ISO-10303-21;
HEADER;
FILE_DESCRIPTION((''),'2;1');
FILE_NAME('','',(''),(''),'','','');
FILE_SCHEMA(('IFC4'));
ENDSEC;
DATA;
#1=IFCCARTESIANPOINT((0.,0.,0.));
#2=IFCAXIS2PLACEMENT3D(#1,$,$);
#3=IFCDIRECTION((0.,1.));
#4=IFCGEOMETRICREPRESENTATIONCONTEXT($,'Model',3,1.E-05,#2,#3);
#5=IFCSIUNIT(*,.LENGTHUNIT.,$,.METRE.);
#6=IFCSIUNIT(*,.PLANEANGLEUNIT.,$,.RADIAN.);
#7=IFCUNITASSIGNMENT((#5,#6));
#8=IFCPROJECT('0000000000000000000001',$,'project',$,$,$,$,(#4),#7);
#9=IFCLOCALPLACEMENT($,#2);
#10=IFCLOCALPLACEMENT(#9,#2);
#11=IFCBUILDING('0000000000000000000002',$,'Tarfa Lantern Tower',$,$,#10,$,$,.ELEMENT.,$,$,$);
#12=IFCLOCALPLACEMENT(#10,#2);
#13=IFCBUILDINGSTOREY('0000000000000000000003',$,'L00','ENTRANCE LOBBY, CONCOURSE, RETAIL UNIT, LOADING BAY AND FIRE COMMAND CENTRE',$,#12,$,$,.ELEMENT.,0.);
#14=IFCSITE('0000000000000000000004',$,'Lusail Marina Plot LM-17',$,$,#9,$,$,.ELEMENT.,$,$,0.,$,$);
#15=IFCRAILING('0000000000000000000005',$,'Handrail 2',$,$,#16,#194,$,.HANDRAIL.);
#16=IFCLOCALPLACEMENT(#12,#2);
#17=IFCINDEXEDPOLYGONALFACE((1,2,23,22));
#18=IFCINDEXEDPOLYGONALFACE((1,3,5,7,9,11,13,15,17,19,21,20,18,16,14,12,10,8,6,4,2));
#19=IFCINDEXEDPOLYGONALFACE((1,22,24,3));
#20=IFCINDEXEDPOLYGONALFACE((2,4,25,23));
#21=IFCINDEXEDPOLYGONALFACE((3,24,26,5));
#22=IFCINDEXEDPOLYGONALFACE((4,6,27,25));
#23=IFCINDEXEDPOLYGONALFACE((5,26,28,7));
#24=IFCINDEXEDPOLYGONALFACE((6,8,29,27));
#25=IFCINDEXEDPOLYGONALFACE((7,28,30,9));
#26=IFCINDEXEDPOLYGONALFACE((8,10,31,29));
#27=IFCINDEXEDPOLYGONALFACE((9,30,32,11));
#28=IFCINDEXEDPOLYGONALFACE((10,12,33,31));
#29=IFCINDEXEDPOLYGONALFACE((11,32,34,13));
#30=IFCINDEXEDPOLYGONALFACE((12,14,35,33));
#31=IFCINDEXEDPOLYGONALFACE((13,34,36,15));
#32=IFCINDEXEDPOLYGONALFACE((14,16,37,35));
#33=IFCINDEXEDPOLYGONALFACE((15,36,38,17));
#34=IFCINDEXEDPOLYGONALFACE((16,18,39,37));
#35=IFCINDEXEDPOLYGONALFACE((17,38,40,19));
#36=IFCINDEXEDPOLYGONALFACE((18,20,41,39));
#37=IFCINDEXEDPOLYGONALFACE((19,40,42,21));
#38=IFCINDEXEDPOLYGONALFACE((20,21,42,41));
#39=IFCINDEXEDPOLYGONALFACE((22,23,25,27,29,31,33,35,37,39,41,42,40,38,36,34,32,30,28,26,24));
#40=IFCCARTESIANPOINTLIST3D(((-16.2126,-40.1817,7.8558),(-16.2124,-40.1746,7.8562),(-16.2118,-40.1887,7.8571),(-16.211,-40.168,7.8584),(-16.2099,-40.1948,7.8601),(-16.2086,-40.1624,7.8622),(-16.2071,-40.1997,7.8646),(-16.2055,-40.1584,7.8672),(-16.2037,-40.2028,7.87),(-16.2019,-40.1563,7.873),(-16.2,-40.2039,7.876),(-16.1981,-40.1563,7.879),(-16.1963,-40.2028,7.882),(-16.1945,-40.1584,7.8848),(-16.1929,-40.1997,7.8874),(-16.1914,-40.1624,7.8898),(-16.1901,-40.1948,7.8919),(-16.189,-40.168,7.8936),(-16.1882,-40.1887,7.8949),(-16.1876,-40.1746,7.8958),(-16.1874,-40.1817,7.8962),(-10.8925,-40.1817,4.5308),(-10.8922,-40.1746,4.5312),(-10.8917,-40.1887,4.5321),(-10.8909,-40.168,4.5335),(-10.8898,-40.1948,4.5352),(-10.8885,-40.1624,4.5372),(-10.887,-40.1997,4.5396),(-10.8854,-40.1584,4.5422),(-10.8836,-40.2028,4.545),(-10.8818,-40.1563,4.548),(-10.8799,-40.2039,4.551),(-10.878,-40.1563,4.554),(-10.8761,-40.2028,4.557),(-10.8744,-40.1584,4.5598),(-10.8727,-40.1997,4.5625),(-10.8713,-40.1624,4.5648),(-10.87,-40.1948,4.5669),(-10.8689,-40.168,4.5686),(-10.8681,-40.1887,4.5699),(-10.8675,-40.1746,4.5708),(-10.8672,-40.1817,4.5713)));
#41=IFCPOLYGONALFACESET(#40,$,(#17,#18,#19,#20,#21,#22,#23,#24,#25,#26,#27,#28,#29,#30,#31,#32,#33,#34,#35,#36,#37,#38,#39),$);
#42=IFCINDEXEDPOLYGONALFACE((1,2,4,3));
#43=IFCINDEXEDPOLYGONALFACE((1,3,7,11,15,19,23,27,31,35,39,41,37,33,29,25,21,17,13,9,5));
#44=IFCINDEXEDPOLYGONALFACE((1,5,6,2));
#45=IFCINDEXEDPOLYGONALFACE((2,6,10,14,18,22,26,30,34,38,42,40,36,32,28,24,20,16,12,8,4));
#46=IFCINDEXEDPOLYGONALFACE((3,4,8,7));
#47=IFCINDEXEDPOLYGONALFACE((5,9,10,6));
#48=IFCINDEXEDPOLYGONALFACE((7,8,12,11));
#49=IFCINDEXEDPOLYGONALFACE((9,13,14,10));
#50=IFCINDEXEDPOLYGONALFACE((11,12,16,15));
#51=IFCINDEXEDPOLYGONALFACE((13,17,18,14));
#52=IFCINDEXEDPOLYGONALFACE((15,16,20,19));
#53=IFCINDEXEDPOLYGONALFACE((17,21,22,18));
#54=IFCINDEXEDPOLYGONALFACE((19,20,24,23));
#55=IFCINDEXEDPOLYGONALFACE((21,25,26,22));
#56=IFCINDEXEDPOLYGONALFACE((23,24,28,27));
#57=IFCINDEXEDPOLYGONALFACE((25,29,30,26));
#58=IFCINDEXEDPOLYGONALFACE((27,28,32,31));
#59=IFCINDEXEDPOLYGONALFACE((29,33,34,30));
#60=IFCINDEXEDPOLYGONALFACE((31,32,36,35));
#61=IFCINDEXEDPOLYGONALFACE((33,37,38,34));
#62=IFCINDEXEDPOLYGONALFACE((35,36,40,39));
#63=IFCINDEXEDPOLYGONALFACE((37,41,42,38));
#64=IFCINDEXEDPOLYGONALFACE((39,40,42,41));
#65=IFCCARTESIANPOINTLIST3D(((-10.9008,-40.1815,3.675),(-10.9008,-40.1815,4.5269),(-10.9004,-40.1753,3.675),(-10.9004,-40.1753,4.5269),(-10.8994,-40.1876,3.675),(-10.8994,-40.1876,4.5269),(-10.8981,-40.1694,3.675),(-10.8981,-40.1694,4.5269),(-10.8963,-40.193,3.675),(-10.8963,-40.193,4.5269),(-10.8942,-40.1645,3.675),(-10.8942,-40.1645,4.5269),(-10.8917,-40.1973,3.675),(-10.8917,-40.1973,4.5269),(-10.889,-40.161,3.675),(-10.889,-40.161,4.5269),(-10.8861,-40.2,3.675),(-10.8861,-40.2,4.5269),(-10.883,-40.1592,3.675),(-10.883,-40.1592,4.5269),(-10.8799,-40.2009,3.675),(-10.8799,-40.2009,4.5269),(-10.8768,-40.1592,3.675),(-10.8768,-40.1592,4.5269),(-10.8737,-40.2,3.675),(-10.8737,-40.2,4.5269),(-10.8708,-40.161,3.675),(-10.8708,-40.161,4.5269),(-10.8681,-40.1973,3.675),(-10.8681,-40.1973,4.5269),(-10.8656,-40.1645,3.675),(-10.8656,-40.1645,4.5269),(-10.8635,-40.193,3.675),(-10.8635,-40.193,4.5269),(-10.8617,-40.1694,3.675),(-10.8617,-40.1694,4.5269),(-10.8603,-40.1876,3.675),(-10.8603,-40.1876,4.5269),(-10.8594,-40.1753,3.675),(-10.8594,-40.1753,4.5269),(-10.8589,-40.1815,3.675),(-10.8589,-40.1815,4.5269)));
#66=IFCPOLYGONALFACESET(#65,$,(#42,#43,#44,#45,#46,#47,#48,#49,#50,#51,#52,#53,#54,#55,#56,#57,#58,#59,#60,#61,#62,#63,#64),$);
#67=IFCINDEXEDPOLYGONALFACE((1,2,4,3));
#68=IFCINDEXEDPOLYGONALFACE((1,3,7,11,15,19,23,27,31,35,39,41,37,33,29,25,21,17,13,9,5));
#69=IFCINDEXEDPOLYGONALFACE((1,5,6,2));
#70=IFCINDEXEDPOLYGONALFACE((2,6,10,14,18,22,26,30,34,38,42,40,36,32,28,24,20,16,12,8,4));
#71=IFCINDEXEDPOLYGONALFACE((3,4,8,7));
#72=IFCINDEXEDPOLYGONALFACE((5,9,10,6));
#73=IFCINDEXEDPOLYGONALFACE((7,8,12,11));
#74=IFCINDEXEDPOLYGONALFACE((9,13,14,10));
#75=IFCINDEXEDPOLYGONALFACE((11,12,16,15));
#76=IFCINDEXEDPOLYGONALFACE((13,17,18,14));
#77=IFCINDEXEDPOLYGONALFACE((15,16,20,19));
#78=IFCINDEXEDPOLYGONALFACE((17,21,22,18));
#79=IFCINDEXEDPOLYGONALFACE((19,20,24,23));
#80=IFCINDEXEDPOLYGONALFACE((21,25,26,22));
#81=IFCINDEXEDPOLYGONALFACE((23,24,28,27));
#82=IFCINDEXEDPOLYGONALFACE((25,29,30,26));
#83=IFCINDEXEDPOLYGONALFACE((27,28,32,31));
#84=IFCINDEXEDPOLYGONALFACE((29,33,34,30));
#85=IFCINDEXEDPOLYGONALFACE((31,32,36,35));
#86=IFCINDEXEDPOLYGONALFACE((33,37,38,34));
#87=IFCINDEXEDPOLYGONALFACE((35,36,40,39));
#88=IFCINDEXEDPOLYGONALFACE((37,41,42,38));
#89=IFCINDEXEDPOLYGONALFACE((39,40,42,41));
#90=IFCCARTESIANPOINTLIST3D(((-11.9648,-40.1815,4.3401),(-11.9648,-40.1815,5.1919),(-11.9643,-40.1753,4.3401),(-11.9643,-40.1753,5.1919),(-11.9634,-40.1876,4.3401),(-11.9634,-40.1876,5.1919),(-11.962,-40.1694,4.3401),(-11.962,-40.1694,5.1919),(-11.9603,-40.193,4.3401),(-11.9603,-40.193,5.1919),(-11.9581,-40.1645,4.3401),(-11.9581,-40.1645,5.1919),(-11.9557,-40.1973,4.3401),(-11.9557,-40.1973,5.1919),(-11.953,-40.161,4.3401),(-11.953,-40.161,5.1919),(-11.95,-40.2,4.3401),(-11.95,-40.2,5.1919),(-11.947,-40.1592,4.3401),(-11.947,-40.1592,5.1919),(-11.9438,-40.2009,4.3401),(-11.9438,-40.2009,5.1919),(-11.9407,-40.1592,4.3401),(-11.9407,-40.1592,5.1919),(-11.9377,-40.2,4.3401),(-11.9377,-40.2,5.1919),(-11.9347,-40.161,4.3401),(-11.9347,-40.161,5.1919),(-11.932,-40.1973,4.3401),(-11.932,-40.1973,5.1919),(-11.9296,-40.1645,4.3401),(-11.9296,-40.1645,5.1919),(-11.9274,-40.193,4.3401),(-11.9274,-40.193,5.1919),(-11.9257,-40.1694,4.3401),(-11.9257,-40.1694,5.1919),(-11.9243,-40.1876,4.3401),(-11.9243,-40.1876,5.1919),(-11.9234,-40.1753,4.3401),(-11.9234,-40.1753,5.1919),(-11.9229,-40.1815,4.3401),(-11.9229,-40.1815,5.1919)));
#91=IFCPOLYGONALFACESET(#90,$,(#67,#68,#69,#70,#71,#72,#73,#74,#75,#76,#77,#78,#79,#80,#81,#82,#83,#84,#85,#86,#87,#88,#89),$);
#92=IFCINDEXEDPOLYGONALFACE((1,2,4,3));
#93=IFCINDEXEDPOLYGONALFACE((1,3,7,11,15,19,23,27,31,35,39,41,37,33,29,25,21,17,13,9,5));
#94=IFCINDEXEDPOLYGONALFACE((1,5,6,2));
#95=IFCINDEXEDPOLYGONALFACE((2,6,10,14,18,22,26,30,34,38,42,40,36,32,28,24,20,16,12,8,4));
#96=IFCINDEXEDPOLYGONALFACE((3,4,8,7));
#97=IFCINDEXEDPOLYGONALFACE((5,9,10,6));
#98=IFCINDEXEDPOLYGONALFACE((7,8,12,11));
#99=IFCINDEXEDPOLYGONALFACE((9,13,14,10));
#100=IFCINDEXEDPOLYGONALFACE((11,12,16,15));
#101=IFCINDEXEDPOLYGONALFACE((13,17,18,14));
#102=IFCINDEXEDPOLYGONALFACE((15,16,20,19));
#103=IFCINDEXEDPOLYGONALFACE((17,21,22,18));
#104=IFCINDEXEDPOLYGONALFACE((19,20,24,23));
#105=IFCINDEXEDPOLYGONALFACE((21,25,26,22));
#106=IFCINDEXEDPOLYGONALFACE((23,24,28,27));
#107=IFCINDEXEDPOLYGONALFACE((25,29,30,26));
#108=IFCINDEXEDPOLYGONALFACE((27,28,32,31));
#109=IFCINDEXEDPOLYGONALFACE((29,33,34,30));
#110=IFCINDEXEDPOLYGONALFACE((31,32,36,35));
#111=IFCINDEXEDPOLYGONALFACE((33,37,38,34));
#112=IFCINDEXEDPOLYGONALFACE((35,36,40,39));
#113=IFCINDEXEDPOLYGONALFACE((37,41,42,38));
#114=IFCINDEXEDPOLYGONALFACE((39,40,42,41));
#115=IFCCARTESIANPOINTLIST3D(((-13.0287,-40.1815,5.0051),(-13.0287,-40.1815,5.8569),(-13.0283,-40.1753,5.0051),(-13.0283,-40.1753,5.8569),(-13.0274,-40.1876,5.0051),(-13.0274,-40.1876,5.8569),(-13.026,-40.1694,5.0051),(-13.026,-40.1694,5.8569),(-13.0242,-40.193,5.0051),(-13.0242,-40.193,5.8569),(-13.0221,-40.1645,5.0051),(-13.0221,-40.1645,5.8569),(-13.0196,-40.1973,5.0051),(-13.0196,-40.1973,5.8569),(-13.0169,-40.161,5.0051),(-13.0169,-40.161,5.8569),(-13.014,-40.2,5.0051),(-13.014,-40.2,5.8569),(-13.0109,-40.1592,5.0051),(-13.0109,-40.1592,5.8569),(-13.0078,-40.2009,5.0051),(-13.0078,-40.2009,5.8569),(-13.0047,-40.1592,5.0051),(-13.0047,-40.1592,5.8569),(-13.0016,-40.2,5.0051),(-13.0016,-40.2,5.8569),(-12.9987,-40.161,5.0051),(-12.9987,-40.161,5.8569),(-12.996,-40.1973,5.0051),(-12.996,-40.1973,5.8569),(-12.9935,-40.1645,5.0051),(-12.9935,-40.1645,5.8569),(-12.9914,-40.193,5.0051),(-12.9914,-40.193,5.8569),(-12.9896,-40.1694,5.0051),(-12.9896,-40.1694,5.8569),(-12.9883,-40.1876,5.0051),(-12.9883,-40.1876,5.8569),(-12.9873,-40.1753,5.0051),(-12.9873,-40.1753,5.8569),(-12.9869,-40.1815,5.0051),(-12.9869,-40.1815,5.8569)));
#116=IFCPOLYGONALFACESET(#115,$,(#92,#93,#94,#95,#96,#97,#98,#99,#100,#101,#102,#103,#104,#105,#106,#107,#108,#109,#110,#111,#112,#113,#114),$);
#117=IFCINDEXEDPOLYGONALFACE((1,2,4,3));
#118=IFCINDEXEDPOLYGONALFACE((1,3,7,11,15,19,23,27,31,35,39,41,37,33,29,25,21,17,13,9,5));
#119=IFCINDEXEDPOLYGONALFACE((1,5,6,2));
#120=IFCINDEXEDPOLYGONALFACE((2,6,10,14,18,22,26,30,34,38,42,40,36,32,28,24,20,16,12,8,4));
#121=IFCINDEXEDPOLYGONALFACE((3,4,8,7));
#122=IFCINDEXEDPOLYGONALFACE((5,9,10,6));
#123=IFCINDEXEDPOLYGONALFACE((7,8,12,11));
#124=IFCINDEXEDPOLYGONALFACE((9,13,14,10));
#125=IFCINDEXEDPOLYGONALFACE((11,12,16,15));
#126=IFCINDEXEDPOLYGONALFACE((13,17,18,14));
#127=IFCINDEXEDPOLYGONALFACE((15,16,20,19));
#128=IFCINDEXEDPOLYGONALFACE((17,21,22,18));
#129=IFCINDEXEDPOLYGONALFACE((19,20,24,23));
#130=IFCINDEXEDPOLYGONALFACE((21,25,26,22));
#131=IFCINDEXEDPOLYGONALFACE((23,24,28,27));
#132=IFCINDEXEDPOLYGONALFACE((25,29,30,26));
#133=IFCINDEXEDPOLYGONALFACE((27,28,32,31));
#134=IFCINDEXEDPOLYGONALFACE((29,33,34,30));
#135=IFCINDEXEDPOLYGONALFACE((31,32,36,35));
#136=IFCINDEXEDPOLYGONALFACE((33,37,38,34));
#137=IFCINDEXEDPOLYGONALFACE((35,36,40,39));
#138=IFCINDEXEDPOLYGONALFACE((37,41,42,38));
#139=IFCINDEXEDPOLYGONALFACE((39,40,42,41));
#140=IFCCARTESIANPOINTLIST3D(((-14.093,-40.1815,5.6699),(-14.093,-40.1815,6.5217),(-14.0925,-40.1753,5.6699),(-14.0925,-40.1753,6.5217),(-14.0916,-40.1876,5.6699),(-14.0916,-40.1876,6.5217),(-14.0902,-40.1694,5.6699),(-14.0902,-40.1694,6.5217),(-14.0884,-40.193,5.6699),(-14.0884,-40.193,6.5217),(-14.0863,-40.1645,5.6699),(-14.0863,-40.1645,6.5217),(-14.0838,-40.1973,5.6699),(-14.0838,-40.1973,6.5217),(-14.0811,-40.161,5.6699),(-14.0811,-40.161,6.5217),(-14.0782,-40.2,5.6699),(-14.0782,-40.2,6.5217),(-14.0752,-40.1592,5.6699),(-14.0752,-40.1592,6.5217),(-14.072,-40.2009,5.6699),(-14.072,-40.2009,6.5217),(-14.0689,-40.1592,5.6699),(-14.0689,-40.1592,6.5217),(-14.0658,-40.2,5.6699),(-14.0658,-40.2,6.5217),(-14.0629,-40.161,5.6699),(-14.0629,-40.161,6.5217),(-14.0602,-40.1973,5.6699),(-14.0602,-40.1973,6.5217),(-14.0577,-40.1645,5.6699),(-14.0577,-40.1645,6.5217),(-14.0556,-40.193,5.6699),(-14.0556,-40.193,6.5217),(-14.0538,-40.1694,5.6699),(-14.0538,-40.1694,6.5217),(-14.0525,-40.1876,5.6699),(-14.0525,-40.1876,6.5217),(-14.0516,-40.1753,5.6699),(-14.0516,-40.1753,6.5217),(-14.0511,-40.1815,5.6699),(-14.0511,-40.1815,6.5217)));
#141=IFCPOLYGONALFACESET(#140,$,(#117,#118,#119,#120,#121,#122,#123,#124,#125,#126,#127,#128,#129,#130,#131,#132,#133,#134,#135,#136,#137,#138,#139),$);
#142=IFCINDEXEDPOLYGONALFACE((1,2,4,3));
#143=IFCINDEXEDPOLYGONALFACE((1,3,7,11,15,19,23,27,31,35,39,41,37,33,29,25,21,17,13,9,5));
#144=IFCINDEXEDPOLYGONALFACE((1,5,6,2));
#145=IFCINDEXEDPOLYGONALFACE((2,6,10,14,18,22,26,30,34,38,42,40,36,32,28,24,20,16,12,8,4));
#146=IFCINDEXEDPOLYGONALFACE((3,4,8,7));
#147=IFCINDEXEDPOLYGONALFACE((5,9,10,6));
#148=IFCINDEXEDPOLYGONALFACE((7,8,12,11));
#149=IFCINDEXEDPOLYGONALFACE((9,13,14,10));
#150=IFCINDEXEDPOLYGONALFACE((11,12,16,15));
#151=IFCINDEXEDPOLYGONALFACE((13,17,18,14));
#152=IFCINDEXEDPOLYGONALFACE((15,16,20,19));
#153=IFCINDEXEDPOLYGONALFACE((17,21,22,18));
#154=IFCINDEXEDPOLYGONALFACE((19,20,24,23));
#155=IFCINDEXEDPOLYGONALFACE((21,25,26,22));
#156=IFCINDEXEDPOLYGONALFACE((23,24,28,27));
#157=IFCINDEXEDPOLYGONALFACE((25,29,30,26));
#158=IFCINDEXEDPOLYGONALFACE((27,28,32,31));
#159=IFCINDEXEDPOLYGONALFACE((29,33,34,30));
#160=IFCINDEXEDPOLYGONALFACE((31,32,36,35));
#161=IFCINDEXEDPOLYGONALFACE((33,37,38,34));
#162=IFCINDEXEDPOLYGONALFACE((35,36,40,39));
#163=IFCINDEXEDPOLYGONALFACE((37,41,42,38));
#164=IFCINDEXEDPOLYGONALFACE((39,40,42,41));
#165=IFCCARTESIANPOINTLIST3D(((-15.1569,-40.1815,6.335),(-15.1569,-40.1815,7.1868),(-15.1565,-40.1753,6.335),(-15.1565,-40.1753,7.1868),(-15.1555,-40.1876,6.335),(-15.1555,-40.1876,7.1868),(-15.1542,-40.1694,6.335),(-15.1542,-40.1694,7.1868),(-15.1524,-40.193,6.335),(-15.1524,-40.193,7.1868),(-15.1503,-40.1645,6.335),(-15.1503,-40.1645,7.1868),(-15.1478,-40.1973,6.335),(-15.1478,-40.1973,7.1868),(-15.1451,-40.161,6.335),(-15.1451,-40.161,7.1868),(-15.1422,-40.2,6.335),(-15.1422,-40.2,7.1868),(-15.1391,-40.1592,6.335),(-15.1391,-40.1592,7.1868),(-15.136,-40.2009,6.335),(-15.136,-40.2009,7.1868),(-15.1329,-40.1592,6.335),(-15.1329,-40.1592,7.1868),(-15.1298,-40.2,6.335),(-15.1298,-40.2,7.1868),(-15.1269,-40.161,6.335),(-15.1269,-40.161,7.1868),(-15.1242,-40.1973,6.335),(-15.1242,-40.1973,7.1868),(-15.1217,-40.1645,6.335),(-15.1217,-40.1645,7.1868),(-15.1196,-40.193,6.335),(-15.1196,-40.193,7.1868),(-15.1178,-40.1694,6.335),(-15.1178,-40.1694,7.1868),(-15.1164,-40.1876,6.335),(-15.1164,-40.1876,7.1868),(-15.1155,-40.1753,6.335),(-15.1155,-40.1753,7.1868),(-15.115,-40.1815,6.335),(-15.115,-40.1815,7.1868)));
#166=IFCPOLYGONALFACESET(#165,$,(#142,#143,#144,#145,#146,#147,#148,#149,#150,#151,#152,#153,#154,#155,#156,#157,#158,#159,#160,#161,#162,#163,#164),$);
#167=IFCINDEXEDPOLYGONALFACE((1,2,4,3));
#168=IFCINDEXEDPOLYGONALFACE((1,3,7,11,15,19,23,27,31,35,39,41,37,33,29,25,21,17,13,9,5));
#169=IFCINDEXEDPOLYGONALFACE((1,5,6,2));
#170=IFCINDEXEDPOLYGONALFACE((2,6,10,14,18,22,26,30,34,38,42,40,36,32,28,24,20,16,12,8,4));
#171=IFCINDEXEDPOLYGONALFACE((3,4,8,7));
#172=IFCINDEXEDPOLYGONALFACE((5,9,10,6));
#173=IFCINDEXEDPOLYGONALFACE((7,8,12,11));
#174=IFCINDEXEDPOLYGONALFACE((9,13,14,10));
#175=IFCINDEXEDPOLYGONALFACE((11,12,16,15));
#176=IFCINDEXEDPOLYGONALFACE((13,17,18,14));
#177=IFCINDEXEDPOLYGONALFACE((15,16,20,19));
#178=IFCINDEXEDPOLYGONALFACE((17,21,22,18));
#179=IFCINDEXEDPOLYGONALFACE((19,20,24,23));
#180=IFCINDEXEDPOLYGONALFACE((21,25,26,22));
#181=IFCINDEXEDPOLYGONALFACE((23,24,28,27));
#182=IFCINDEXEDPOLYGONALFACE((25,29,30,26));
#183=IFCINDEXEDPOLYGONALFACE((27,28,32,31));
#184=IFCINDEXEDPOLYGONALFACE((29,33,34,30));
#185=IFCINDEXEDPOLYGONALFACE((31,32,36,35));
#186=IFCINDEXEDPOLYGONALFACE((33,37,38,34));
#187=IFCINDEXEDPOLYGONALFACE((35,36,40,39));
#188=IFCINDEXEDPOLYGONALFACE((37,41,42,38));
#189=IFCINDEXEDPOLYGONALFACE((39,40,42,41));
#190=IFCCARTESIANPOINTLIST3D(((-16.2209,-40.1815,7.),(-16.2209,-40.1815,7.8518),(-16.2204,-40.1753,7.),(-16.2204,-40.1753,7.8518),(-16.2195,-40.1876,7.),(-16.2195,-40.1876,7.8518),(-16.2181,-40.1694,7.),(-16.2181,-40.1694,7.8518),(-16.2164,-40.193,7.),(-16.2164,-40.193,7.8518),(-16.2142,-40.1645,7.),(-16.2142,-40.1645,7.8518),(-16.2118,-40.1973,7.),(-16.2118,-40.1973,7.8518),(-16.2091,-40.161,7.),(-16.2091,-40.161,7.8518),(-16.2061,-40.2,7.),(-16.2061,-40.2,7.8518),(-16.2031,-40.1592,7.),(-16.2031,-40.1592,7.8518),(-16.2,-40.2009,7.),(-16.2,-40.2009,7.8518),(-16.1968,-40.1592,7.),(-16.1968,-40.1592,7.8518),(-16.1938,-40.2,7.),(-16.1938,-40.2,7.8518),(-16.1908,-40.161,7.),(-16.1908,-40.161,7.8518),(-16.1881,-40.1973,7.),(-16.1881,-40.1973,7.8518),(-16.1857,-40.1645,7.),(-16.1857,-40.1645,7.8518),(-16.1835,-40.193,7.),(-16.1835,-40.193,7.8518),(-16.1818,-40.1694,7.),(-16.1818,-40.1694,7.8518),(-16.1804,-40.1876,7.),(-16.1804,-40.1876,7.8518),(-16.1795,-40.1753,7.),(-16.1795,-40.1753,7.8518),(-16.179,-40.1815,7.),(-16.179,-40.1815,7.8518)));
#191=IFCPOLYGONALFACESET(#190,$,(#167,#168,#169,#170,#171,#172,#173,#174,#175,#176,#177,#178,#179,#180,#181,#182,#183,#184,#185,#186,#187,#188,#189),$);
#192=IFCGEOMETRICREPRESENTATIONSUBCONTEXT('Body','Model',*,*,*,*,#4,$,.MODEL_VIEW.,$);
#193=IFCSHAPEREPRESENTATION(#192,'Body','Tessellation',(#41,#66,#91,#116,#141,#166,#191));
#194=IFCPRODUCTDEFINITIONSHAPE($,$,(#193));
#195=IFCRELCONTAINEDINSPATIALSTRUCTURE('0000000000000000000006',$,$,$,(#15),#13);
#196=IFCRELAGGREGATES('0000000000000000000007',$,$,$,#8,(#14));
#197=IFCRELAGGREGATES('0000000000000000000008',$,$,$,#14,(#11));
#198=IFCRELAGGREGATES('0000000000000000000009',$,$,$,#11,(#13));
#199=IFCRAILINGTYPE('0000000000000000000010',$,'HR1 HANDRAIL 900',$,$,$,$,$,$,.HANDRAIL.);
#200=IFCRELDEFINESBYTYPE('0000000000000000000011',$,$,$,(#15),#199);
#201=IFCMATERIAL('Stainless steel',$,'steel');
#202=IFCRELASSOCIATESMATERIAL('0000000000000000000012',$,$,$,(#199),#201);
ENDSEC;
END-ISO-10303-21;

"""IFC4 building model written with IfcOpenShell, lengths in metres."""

from ifc_helpers import new_model, si_unit, direction, frame, origin, origin_2d, place, context, subcontext, project, spatial, circle, extrude, material, type_object, element, save


model = new_model("IFC4")

# Units and contexts
model_context = context("Model", 3, precision=1e-05, world=origin(), true_north=direction((0.0, 1.0)))
body_context = subcontext(model_context, "Body", "Model", "MODEL_VIEW")
ifc_project = project(units=[si_unit("LENGTHUNIT", "METRE"), si_unit("PLANEANGLEUNIT", "RADIAN")], contexts=[model_context])

# Site, building, storey
site_placement = place(None, origin())
site = spatial("IfcSite", under=ifc_project, at=site_placement, Name="Lusail Marina Plot LM-17", CompositionType="ELEMENT", RefElevation=0.0)
building_placement = place(site_placement, origin())
building = spatial("IfcBuilding", under=site, at=building_placement, Name="Tarfa Lantern Tower", CompositionType="ELEMENT")
storey_placement = place(building_placement, origin())
storey = spatial("IfcBuildingStorey", under=building, at=storey_placement, Name="L00", Description="ENTRANCE LOBBY, CONCOURSE, RETAIL UNIT, LOADING BAY AND FIRE COMMAND CENTRE", CompositionType="ELEMENT", Elevation=0.0)

# Railing
ifc_material_1 = material(Name="Stainless steel", Category="steel")
railing_type = type_object("IfcRailingType", Name="HR1 HANDRAIL 900", PredefinedType="HANDRAIL", material=ifc_material_1)
railing_placement = place(storey_placement, frame((-10.8799, -40.1799, 3.675)))
element("IfcRailing", 1, at=railing_placement, inside=storey, type_object=railing_type, Name="Handrail 2", PredefinedType="HANDRAIL", context=body_context, shape_type="SweptSolid", body=[
    extrude(circle(Radius=0.0239, at=origin_2d()), frame((0.0, 0.0, 0.876), z_axis=(-0.848005, 0.0, 0.529988), x_axis=(0.0, -1.0, 0.0)), (0.0, 0.0, 1.0), 6.2737),
    extrude(circle(Radius=0.021, at=origin_2d()), frame((0.0, 0.0, 0.0), z_axis=(0.0, 0.0, 1.0), x_axis=(0.0, -1.0, 0.0)), (0.0, 0.0, 1.0), 0.8518),
    extrude(circle(Radius=0.021, at=origin_2d()), frame((-1.064, 0.0, 0.665), z_axis=(0.0, 0.0, 1.0), x_axis=(0.0, -1.0, 0.0)), (0.0, 0.0, 1.0), 0.8518),
    extrude(circle(Radius=0.021, at=origin_2d()), frame((-2.1279, 0.0, 1.3301), z_axis=(0.0, 0.0, 1.0), x_axis=(0.0, -1.0, 0.0)), (0.0, 0.0, 1.0), 0.8518),
    extrude(circle(Radius=0.021, at=origin_2d()), frame((-3.1921, 0.0, 1.9949), z_axis=(0.0, 0.0, 1.0), x_axis=(0.0, -1.0, 0.0)), (0.0, 0.0, 1.0), 0.8518),
    extrude(circle(Radius=0.021, at=origin_2d()), frame((-4.2561, 0.0, 2.6599), z_axis=(0.0, 0.0, 1.0), x_axis=(0.0, -1.0, 0.0)), (0.0, 0.0, 1.0), 0.8518),
    extrude(circle(Radius=0.021, at=origin_2d()), frame((-5.3201, 0.0, 3.325), z_axis=(0.0, 0.0, 1.0), x_axis=(0.0, -1.0, 0.0)), (0.0, 0.0, 1.0), 0.8518),
])

save(model, "model.ifc")
